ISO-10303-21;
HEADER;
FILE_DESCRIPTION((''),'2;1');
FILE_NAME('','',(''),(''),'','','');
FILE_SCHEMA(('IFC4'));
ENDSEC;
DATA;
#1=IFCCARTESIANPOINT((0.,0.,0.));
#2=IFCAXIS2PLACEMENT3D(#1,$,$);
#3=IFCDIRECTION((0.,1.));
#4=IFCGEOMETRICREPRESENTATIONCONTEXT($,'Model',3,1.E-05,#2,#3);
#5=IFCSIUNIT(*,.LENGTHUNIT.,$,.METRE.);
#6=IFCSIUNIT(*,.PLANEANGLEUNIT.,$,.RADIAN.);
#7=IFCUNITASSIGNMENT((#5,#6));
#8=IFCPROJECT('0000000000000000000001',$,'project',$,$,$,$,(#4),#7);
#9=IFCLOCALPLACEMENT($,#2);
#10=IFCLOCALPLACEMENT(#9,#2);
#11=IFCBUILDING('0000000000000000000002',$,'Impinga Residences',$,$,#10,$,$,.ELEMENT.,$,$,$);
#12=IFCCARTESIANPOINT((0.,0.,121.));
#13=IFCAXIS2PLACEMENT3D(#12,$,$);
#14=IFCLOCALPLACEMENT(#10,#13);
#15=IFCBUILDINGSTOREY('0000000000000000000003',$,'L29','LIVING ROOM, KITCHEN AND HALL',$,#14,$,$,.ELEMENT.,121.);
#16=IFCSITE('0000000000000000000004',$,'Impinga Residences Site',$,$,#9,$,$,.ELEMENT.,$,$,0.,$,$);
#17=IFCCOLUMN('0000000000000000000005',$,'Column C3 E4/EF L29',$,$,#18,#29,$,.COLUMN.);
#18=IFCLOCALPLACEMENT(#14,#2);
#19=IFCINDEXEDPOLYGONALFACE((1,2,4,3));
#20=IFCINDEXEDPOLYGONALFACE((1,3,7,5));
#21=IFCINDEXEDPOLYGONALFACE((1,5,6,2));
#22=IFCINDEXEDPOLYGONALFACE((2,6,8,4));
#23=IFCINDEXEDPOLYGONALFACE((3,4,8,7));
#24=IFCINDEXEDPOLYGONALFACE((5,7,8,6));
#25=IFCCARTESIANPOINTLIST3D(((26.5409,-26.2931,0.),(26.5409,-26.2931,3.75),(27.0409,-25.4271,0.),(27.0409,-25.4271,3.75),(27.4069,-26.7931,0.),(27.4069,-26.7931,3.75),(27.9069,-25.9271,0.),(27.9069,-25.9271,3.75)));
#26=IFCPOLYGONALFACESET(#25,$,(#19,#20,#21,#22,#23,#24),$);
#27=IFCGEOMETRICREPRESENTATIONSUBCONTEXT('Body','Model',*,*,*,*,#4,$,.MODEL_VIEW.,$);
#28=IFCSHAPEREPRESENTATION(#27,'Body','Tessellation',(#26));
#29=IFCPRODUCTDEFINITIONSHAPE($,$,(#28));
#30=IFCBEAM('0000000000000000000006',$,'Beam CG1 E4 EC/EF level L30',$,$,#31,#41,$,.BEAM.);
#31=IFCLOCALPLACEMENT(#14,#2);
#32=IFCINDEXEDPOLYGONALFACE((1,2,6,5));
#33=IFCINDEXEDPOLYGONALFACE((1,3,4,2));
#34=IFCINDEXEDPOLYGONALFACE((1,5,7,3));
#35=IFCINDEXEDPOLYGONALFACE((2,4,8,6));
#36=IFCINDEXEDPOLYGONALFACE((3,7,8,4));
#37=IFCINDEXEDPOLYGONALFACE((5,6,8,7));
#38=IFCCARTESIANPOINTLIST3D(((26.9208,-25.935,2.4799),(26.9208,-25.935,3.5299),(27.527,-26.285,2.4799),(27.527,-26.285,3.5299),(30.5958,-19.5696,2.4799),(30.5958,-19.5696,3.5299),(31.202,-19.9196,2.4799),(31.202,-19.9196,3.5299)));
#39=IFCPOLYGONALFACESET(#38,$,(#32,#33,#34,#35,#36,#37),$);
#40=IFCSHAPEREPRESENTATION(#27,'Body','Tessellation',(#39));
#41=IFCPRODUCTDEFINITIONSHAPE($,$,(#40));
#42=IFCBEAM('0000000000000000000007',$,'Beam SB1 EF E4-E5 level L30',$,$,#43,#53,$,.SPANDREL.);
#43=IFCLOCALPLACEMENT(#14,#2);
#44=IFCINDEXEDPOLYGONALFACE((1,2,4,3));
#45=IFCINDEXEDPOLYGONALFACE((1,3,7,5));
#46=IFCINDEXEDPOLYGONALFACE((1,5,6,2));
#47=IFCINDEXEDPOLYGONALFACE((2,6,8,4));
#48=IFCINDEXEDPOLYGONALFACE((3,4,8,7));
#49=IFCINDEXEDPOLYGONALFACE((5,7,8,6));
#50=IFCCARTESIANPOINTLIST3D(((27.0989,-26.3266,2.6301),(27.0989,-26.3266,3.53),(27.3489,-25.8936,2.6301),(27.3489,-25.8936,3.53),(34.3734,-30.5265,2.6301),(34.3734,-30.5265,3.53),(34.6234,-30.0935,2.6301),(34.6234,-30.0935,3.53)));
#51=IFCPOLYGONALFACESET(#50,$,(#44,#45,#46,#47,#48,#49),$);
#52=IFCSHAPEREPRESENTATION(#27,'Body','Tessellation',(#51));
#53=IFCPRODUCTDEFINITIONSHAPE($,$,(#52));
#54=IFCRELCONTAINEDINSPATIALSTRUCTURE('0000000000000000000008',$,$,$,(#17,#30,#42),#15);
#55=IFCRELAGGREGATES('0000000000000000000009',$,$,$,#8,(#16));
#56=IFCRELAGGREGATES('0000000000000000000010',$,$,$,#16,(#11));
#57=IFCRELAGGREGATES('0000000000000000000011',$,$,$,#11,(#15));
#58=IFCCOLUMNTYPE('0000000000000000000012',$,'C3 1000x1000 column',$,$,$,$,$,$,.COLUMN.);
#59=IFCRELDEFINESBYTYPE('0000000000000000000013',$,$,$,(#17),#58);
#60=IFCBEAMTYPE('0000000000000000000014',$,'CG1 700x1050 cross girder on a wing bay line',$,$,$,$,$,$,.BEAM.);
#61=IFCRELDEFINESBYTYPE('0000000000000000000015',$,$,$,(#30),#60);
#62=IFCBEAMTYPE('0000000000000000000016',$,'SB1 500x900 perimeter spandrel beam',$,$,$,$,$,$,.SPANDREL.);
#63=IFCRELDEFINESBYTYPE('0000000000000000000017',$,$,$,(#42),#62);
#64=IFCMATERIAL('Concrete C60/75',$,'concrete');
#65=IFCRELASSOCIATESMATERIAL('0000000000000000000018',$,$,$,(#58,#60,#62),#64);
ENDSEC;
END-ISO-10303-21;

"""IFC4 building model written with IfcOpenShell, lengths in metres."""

from ifc_helpers import new_model, si_unit, direction, frame, origin, origin_2d, place, context, subcontext, project, spatial, rectangle, extrude, material, material_profile, profile_set, type_object, element, save


model = new_model("IFC4")

# Units and contexts
model_context = context("Model", 3, precision=1e-05, world=origin(), true_north=direction((0.0, 1.0)))
body_context = subcontext(model_context, "Body", "Model", "MODEL_VIEW")
ifc_project = project(units=[si_unit("LENGTHUNIT", "METRE"), si_unit("PLANEANGLEUNIT", "RADIAN")], contexts=[model_context])

# Site, building, storey
site_placement = place(None, origin())
site = spatial("IfcSite", under=ifc_project, at=site_placement, Name="Impinga Residences Site", CompositionType="ELEMENT", RefElevation=0.0)
building_placement = place(site_placement, origin())
building = spatial("IfcBuilding", under=site, at=building_placement, Name="Impinga Residences", CompositionType="ELEMENT")
storey_placement = place(building_placement, frame((0.0, 0.0, 121.0)))
storey = spatial("IfcBuildingStorey", under=building, at=storey_placement, Name="L29", Description="LIVING ROOM, KITCHEN AND HALL", CompositionType="ELEMENT", Elevation=121.0)

# Column
ifc_material_1 = material(Name="Concrete C60/75", Category="concrete")
ifc_material_profile_1 = material_profile(ifc_material_1, rectangle(XDim=1.0, YDim=1.0, at=origin_2d()), Name="RC 1000x1000")
ifc_profile_set_1 = profile_set([ifc_material_profile_1], Name="Concrete C60/75")
column_type = type_object("IfcColumnType", Name="C3 1000x1000 column", PredefinedType="COLUMN", material=ifc_profile_set_1)
column_placement = place(storey_placement, frame((27.2239, -26.1101, 0.0), z_axis=(0.0, 0.0, 1.0), x_axis=(-0.5, -0.866025, 0.0)))
element("IfcColumn", 1, at=column_placement, inside=storey, type_object=column_type, Name="Column C3 E4/EF L29", PredefinedType="COLUMN", context=body_context, shape_type="SweptSolid", body=[
    extrude(rectangle(XDim=1.0, YDim=1.0, at=origin_2d()), origin(), (0.0, 0.0, 1.0), 3.75),
])

# Beams
ifc_material_profile_2 = material_profile(ifc_material_1, rectangle(XDim=0.7, YDim=1.05, at=origin_2d()), Name="RC 700x1050")
ifc_profile_set_2 = profile_set([ifc_material_profile_2], Name="Concrete C60/75")
beam_type_1 = type_object("IfcBeamType", Name="CG1 700x1050 cross girder on a wing bay line", PredefinedType="BEAM", material=ifc_profile_set_2)
beam_1_placement = place(storey_placement, frame((30.8989, -19.7446, 3.0049), z_axis=(-0.499994, -0.866029, 0.0), x_axis=(0.866029, -0.499994, 0.0)))
element("IfcBeam", 2, at=beam_1_placement, inside=storey, type_object=beam_type_1, Name="Beam CG1 E4 EC/EF level L30", PredefinedType="BEAM", context=body_context, shape_type="SweptSolid", body=[
    extrude(rectangle(XDim=0.7, YDim=1.05, at=origin_2d()), origin(), (0.0, 0.0, 1.0), 7.3501),
])
ifc_material_profile_3 = material_profile(ifc_material_1, rectangle(XDim=0.5, YDim=0.8999, at=origin_2d()), Name="RC 500x900")
ifc_profile_set_3 = profile_set([ifc_material_profile_3], Name="Concrete C60/75")
beam_type_2 = type_object("IfcBeamType", Name="SB1 500x900 perimeter spandrel beam", PredefinedType="SPANDREL", material=ifc_profile_set_3)
beam_2_placement = place(storey_placement, frame((27.2239, -26.1101, 3.0801), z_axis=(0.866029, -0.499993, 0.0), x_axis=(0.499993, 0.866029, 0.0)))
element("IfcBeam", 3, at=beam_2_placement, inside=storey, type_object=beam_type_2, Name="Beam SB1 EF E4-E5 level L30", PredefinedType="SPANDREL", context=body_context, shape_type="SweptSolid", body=[
    extrude(rectangle(XDim=0.5, YDim=0.8999, at=origin_2d()), origin(), (0.0, 0.0, 1.0), 8.3999),
])

save(model, "model.ifc")
